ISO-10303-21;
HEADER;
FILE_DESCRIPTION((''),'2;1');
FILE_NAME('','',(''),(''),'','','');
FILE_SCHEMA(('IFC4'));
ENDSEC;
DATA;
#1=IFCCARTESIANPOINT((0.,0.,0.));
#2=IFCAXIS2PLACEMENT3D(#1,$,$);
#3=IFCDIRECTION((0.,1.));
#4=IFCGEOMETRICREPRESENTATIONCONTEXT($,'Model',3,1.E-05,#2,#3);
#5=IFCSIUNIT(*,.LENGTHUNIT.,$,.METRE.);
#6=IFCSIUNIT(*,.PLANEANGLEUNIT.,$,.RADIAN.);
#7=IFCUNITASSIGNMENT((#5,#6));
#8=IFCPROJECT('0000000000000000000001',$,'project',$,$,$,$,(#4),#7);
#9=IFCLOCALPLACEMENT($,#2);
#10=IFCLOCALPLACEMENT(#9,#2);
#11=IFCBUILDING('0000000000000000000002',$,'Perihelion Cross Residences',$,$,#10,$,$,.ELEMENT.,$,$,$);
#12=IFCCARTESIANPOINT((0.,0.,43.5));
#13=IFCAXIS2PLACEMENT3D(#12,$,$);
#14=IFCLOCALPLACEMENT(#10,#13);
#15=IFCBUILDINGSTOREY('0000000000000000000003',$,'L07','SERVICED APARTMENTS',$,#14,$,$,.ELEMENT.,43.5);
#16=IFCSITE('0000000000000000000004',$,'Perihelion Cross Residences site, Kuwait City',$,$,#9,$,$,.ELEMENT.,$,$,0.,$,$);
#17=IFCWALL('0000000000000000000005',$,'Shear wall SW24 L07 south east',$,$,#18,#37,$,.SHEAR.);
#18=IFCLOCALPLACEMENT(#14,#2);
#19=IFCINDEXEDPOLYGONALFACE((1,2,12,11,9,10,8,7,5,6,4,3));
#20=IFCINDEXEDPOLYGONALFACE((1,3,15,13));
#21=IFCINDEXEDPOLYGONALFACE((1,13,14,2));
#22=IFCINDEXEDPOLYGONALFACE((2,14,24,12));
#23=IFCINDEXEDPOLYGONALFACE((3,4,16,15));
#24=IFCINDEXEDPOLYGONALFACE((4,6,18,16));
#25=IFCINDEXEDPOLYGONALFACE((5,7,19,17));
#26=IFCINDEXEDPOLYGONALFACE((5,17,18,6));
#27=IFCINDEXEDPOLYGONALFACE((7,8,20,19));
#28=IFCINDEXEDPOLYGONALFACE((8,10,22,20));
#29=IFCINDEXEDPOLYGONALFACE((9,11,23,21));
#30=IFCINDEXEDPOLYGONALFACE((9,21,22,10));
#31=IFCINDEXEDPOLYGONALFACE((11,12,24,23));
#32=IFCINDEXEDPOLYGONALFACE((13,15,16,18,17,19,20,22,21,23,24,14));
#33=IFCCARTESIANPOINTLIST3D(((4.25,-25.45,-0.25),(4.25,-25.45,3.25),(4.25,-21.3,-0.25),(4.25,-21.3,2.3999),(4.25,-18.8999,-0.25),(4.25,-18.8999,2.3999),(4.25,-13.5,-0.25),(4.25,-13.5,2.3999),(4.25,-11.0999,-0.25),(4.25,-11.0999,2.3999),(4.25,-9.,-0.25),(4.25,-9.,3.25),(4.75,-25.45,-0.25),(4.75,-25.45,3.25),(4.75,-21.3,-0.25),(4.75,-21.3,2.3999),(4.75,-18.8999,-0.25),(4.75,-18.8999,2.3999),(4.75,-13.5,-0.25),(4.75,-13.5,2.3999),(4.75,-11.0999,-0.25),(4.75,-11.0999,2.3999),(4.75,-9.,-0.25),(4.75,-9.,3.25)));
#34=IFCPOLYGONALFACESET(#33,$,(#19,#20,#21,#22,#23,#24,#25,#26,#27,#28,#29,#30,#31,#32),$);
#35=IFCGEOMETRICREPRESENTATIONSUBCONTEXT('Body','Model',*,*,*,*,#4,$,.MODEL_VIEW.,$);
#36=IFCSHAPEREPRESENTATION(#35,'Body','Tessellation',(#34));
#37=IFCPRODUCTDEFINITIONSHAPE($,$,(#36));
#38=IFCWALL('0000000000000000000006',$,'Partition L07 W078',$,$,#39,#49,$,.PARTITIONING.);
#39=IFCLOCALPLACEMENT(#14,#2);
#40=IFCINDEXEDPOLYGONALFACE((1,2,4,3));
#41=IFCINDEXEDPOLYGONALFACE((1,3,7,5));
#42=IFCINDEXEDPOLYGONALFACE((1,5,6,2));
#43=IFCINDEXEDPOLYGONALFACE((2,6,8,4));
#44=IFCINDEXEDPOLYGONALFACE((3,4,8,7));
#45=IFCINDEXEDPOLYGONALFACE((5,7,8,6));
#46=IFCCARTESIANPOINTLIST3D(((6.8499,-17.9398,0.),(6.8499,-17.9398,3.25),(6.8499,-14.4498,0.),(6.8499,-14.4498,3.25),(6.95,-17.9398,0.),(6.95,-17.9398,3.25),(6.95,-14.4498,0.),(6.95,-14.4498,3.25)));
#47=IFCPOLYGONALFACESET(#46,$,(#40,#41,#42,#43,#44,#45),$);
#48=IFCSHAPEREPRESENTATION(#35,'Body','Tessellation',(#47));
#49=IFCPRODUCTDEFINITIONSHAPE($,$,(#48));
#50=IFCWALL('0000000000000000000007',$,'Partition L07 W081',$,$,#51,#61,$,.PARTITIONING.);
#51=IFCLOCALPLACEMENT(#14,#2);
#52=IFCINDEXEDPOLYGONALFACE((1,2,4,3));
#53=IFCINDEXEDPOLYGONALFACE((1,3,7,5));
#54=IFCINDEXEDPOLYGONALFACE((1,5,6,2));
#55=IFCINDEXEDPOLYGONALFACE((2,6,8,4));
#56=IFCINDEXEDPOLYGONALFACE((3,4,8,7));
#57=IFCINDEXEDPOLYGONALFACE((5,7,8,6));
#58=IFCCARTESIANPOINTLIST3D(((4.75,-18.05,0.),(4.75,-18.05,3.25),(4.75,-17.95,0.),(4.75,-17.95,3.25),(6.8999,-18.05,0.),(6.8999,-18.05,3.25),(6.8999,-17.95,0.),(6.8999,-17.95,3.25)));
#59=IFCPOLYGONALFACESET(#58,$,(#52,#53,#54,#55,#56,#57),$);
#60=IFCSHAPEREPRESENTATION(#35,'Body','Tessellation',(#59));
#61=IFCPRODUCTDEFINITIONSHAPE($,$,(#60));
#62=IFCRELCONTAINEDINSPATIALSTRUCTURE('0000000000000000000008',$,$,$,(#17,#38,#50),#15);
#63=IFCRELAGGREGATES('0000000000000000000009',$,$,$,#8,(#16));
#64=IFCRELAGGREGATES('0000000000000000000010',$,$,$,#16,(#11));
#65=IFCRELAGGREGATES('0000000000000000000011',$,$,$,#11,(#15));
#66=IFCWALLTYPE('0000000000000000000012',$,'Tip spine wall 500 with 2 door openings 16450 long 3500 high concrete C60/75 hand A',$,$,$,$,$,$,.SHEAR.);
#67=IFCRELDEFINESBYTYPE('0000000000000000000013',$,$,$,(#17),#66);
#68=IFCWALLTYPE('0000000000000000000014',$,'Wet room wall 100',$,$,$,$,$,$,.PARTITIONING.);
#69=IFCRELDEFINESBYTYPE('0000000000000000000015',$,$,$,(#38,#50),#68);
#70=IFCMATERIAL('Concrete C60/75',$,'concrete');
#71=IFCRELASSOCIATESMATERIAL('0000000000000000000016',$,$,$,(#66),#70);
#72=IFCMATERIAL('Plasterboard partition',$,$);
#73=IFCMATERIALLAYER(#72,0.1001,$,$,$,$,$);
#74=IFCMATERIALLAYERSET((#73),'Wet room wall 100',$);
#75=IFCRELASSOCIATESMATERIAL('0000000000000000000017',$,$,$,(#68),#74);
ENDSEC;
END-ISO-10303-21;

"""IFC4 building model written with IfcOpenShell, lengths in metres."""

from ifc_helpers import new_model, si_unit, direction, frame, frame_2d, origin, place, context, subcontext, project, spatial, polyline, rectangle, outline, extrude, material, layer, layer_set, material_profile, profile_set, type_object, element, save


model = new_model("IFC4")

# Units and contexts
model_context = context("Model", 3, precision=1e-05, world=origin(), true_north=direction((0.0, 1.0)))
body_context = subcontext(model_context, "Body", "Model", "MODEL_VIEW")
ifc_project = project(units=[si_unit("LENGTHUNIT", "METRE"), si_unit("PLANEANGLEUNIT", "RADIAN")], contexts=[model_context])

# Site, building, storey
site_placement = place(None, origin())
site = spatial("IfcSite", under=ifc_project, at=site_placement, Name="Perihelion Cross Residences site, Kuwait City", CompositionType="ELEMENT", RefElevation=0.0)
building_placement = place(site_placement, origin())
building = spatial("IfcBuilding", under=site, at=building_placement, Name="Perihelion Cross Residences", CompositionType="ELEMENT")
storey_placement = place(building_placement, frame((0.0, 0.0, 43.5)))
storey = spatial("IfcBuildingStorey", under=building, at=storey_placement, Name="L07", Description="SERVICED APARTMENTS", CompositionType="ELEMENT", Elevation=43.5)

# Walls
ifc_material_1 = material(Name="Concrete C60/75", Category="concrete")
ifc_material_profile_1 = material_profile(ifc_material_1, outline(polyline([(0.0, 0.0), (4.1499, 0.0), (4.1499, 2.6499), (6.55, 2.6499), (6.55, 0.0), (11.95, 0.0), (11.95, 2.6499), (14.3501, 2.6499), (14.3501, 0.0), (16.45, 0.0), (16.45, 3.5), (0.0, 3.5), (0.0, 0.0)])), Name="Tip spine wall")
ifc_profile_set_1 = profile_set([ifc_material_profile_1], Name="Concrete C60/75")
wall_type_1 = type_object("IfcWallType", Name="Tip spine wall 500 with 2 door openings 16450 long 3500 high concrete C60/75 hand A", PredefinedType="SHEAR", material=ifc_profile_set_1)
wall_1_placement = place(storey_placement, frame((4.25, -25.45, -0.25), z_axis=(1.0, 0.0, 0.0), x_axis=(0.0, 1.0, 0.0)))
element("IfcWall", 1, at=wall_1_placement, inside=storey, type_object=wall_type_1, Name="Shear wall SW24 L07 south east", PredefinedType="SHEAR", context=body_context, shape_type="SweptSolid", body=[
    extrude(outline(polyline([(0.0, 0.0), (4.1499, 0.0), (4.1499, 2.6499), (6.55, 2.6499), (6.55, 0.0), (11.95, 0.0), (11.95, 2.6499), (14.3501, 2.6499), (14.3501, 0.0), (16.45, 0.0), (16.45, 3.5), (0.0, 3.5), (0.0, 0.0)])), origin(), (0.0, 0.0, 1.0), 0.5),
])
ifc_material_2 = material(Name="Plasterboard partition")
ifc_layer_1 = layer(ifc_material_2, 0.1001)
ifc_layer_set_1 = layer_set([ifc_layer_1], Name="Wet room wall 100")
wall_type_2 = type_object("IfcWallType", Name="Wet room wall 100", PredefinedType="PARTITIONING", material=ifc_layer_set_1)
wall_2_placement = place(storey_placement, frame((6.8999, -17.9399, 0.0), z_axis=(0.0, 0.0, 1.0), x_axis=(0.0, 1.0, 0.0)))
element("IfcWall", 2, at=wall_2_placement, inside=storey, type_object=wall_type_2, Name="Partition L07 W078", PredefinedType="PARTITIONING", context=body_context, shape_type="SweptSolid", body=[
    extrude(rectangle(XDim=3.49, YDim=0.1001, at=frame_2d((1.7451, 0.0))), origin(), (0.0, 0.0, 1.0), 3.25),
])
wall_3_placement = place(storey_placement, frame((6.8999, -18.0, 0.0), z_axis=(0.0, 0.0, 1.0), x_axis=(-1.0, 0.0, 0.0)))
element("IfcWall", 3, at=wall_3_placement, inside=storey, type_object=wall_type_2, Name="Partition L07 W081", PredefinedType="PARTITIONING", context=body_context, shape_type="SweptSolid", body=[
    extrude(rectangle(XDim=2.1499, YDim=0.1001, at=frame_2d((1.075, 0.0))), origin(), (0.0, 0.0, 1.0), 3.25),
])

save(model, "model.ifc")
